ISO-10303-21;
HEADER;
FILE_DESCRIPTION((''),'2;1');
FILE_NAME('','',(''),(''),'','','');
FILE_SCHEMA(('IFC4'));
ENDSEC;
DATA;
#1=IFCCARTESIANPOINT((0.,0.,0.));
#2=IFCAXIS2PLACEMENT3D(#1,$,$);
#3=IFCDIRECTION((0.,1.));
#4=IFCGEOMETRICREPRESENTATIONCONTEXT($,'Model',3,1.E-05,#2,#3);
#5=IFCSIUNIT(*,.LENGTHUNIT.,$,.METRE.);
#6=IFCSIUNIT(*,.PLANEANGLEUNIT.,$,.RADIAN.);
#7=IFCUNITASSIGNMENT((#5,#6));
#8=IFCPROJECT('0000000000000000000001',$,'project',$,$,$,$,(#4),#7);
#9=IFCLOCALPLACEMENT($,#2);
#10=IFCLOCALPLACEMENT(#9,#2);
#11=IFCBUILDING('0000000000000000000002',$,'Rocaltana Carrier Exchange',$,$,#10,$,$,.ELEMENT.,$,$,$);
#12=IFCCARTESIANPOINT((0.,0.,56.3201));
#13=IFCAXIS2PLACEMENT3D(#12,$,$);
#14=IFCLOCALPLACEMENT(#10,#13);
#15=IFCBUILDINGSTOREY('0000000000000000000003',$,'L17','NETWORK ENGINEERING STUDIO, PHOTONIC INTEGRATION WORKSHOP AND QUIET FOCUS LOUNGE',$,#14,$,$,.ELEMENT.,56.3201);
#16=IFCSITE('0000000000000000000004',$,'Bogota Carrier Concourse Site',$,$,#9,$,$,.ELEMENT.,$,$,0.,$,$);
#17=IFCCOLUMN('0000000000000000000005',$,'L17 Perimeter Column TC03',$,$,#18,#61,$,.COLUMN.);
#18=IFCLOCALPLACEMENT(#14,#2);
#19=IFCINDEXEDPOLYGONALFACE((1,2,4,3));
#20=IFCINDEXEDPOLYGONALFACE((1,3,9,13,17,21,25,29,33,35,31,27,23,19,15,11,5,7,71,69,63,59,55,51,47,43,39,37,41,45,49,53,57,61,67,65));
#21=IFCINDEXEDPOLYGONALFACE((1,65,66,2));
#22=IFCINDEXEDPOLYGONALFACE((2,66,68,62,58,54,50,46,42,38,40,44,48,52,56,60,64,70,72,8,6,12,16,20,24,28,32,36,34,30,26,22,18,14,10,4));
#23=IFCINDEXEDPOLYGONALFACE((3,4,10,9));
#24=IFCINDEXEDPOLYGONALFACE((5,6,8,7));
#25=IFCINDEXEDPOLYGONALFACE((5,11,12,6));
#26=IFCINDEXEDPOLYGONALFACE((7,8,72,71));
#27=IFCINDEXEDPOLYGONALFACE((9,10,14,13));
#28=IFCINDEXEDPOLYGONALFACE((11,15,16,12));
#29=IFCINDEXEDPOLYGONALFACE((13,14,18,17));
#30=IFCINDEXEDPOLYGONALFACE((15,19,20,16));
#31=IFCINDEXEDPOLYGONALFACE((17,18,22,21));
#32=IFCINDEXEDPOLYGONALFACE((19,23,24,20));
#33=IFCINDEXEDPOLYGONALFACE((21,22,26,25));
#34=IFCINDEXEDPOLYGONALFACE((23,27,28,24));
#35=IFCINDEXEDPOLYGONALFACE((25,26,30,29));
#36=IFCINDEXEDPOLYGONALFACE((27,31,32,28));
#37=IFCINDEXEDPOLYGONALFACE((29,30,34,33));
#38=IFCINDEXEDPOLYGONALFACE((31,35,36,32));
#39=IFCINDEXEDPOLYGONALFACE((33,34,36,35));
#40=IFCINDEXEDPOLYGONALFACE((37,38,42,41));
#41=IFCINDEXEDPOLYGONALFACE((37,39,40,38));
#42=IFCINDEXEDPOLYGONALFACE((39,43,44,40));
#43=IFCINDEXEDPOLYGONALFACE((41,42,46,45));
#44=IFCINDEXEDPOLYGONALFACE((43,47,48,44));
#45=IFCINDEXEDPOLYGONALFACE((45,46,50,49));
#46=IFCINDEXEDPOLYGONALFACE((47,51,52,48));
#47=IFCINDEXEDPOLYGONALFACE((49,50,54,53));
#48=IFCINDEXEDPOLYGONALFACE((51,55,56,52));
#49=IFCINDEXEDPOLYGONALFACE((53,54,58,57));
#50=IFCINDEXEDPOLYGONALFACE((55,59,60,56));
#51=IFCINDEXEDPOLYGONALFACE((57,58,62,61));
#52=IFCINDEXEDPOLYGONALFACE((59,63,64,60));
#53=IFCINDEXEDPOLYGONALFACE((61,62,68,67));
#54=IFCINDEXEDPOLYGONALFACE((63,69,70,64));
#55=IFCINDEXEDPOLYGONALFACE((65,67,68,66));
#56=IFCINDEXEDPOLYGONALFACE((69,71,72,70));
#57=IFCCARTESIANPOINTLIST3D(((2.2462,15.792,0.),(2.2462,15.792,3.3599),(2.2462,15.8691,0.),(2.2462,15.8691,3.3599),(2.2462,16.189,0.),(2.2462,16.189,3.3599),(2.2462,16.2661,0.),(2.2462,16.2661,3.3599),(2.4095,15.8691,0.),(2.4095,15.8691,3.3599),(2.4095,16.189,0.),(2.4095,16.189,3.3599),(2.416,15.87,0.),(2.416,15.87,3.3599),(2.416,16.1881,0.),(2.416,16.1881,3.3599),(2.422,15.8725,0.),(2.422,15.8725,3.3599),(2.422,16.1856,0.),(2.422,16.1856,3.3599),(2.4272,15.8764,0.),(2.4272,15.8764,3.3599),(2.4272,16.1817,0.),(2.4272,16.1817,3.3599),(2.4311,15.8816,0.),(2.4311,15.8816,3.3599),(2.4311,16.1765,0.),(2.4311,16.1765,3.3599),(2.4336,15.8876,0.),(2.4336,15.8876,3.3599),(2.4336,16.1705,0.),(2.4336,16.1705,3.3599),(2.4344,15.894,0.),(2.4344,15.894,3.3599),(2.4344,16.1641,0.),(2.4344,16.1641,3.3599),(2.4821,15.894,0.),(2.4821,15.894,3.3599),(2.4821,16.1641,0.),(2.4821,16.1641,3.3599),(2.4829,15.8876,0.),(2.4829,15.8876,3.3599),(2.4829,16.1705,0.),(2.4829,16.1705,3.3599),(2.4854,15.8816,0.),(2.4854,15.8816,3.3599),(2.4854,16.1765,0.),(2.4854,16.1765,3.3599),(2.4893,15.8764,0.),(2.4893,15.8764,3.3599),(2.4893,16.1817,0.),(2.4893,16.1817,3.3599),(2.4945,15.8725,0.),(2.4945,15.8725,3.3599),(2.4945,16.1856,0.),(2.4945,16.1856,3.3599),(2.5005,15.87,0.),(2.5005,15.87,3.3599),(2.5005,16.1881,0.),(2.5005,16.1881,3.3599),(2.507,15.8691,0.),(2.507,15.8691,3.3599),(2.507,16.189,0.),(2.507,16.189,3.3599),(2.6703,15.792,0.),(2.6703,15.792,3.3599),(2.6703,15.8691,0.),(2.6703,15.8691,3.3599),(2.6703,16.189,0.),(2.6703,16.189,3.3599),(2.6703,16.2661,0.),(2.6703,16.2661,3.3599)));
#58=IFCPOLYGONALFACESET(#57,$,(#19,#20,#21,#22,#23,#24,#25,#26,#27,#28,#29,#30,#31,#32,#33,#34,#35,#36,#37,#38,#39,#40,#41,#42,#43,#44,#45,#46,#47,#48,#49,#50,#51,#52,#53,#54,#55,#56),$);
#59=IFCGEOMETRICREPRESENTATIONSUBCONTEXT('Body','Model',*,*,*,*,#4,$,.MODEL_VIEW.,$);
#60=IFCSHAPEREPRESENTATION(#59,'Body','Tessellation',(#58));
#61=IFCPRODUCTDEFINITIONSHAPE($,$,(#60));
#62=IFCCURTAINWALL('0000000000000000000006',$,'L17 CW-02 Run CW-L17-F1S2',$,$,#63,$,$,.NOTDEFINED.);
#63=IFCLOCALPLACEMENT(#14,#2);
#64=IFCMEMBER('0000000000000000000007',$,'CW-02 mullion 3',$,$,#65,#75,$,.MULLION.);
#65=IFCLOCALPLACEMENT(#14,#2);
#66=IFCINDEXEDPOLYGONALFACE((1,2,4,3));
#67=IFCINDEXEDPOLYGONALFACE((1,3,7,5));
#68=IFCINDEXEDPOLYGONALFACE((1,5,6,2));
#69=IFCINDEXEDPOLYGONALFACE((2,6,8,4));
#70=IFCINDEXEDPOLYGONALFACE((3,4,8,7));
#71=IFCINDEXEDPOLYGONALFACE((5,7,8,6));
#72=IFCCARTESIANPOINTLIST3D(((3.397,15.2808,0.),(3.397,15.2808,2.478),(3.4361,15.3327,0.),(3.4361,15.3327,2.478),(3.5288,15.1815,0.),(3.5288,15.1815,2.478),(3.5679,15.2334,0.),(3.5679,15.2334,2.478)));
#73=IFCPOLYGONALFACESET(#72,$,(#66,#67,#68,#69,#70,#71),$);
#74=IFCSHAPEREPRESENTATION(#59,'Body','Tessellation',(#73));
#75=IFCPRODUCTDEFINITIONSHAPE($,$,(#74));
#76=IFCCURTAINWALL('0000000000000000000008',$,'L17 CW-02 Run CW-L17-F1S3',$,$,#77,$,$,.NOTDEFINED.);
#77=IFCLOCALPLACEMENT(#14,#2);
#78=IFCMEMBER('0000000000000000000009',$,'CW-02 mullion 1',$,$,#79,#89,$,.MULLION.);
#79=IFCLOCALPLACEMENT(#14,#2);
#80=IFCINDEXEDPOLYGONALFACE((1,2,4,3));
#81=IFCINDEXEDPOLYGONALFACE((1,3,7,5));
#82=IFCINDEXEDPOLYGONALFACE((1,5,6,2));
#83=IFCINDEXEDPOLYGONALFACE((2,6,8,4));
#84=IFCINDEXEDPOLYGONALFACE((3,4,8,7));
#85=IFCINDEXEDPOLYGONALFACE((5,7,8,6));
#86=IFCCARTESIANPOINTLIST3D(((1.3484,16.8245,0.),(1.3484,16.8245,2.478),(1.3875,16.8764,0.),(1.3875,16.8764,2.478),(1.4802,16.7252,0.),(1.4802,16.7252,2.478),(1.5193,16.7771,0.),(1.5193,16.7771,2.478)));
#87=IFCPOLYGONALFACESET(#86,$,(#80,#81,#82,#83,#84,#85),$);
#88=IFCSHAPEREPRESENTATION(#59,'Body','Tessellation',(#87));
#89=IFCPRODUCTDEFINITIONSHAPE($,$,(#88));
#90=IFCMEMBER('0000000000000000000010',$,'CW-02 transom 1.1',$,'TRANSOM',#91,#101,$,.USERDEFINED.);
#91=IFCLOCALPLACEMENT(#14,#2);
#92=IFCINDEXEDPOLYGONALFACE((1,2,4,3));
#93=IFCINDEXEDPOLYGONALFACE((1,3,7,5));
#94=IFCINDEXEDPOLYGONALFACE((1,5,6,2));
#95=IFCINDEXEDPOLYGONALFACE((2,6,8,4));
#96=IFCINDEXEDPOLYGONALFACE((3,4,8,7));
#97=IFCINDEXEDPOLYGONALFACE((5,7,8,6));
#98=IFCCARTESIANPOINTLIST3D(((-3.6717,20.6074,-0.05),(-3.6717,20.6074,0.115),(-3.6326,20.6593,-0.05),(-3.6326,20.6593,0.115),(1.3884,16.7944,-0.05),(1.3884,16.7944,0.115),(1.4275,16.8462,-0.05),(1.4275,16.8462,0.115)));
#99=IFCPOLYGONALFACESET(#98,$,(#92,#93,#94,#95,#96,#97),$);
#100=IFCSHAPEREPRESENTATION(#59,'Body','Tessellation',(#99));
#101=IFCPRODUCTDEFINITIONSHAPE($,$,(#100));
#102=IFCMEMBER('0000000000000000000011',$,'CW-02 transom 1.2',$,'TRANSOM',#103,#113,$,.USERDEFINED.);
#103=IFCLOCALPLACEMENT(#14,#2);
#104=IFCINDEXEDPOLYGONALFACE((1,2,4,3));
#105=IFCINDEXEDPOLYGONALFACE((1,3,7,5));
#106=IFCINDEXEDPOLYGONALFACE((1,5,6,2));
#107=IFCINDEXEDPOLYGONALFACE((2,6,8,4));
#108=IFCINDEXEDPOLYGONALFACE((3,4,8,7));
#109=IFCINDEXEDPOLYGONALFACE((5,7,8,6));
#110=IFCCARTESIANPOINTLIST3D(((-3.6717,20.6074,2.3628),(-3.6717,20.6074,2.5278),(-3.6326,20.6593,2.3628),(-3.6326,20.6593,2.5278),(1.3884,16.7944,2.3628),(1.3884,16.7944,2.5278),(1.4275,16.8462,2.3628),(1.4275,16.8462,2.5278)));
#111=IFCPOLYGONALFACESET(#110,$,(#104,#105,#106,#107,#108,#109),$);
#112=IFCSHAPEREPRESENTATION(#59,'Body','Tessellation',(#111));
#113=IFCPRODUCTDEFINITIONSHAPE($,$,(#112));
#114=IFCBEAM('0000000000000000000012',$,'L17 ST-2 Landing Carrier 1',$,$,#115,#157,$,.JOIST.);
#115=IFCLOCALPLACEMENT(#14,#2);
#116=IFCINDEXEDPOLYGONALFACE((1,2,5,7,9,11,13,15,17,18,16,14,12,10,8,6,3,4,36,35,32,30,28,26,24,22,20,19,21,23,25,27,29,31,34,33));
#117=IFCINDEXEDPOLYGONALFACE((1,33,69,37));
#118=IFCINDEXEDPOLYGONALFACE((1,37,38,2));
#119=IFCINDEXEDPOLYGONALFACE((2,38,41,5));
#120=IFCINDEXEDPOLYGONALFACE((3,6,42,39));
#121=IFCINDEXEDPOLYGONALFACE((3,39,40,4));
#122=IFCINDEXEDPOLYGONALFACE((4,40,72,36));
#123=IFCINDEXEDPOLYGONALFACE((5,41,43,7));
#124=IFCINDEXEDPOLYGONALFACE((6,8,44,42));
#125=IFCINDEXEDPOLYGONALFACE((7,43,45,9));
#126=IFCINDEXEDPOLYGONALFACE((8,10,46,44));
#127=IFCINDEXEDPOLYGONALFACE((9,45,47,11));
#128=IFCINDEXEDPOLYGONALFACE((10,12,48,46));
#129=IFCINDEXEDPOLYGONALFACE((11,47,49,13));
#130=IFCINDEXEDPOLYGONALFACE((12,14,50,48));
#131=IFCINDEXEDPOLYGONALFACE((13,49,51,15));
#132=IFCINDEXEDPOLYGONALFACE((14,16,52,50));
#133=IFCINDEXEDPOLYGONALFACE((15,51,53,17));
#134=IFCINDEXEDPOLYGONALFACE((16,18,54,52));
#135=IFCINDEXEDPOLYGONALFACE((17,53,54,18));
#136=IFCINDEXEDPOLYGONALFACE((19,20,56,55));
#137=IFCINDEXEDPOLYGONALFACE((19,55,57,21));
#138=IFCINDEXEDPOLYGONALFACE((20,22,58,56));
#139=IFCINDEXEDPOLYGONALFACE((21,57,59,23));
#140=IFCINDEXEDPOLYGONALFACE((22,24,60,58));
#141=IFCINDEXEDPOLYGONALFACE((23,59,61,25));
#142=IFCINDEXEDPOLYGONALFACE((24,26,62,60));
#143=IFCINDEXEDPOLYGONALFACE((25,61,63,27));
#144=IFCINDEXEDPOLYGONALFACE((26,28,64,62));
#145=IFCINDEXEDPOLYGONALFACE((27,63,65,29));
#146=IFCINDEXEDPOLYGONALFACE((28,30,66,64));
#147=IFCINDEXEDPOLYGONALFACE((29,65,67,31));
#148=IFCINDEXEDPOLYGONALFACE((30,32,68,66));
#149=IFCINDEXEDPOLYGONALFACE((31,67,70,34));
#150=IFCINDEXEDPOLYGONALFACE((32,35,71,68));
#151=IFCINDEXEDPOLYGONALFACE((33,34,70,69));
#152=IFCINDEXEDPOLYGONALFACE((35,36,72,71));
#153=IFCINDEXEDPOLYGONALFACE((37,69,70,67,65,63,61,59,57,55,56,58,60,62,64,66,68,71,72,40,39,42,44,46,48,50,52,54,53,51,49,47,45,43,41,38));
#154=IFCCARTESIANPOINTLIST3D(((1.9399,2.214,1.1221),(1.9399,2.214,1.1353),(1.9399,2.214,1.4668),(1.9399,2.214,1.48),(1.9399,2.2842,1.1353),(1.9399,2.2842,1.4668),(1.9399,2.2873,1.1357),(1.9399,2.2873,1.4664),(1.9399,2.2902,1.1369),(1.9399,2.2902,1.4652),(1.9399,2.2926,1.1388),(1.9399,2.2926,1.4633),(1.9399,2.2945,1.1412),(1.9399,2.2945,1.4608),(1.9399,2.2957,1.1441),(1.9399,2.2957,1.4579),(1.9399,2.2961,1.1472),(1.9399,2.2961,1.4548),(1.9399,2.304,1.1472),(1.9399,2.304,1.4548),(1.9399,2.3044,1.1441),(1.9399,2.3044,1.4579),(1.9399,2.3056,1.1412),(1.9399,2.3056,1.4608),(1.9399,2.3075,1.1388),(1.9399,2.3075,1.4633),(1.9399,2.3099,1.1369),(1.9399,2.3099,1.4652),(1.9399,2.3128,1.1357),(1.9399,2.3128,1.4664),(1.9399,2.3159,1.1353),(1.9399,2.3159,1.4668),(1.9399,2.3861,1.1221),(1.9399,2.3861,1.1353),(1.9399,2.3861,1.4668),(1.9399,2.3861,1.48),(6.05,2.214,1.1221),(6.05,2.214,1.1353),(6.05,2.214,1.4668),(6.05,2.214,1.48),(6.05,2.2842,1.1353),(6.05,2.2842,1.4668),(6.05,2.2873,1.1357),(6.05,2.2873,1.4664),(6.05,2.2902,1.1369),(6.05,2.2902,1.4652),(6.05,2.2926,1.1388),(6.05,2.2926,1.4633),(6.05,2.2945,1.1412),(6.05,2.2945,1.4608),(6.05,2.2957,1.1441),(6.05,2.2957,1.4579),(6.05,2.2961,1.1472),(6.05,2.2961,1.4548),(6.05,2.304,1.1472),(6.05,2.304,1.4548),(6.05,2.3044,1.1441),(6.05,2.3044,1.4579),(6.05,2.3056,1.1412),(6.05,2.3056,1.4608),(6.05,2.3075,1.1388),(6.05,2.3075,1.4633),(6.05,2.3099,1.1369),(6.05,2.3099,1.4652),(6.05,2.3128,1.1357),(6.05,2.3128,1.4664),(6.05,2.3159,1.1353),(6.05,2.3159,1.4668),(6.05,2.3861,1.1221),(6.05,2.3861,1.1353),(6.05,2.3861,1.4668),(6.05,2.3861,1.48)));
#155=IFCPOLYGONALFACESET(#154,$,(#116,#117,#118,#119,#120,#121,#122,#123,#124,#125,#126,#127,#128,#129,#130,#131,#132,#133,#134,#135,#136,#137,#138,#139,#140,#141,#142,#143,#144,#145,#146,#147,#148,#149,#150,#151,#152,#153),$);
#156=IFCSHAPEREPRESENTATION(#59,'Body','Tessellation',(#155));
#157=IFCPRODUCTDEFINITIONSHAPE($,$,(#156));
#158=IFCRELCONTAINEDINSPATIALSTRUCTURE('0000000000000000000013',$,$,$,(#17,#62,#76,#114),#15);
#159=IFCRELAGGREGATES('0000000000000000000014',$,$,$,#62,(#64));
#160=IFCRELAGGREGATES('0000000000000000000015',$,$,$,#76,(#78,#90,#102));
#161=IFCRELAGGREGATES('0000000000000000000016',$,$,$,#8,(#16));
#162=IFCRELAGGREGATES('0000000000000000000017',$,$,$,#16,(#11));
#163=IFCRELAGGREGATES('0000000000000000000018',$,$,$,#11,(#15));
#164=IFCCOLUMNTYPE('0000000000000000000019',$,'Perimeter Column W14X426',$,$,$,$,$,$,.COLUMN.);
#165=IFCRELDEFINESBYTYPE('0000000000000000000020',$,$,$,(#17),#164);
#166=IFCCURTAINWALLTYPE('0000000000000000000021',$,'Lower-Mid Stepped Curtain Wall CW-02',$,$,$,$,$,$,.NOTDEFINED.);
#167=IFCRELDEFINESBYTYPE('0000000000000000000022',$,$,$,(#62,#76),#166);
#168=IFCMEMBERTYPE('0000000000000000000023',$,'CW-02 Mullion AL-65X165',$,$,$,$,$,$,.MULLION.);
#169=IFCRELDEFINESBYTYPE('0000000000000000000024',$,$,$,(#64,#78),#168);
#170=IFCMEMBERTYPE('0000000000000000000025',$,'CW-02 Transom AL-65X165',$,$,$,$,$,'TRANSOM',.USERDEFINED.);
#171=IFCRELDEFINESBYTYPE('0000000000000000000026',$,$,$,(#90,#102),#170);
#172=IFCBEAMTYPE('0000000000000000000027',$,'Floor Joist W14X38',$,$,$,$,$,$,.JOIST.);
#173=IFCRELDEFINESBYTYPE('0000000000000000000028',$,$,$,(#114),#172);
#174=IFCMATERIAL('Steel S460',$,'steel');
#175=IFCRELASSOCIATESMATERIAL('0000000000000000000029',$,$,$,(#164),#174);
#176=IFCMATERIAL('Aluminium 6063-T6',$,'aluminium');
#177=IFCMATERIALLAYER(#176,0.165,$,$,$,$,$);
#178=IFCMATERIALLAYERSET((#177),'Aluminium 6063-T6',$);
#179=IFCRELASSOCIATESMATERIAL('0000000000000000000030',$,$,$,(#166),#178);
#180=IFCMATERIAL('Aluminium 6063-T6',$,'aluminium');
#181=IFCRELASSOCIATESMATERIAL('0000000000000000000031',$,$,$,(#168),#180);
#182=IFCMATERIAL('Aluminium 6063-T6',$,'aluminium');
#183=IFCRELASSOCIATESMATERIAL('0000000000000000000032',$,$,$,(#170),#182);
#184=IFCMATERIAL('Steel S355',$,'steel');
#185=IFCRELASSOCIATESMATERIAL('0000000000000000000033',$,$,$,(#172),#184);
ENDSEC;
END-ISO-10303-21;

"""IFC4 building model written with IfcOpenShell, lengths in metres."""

from ifc_helpers import new_model, si_unit, direction, frame, origin, origin_2d, place, context, subcontext, project, spatial, rectangle, i_section, extrude, material, layer, layer_set, material_profile, profile_set, type_object, element, aggregate, save


model = new_model("IFC4")

# Units and contexts
model_context = context("Model", 3, precision=1e-05, world=origin(), true_north=direction((0.0, 1.0)))
body_context = subcontext(model_context, "Body", "Model", "MODEL_VIEW")
ifc_project = project(units=[si_unit("LENGTHUNIT", "METRE"), si_unit("PLANEANGLEUNIT", "RADIAN")], contexts=[model_context])

# Site, building, storey
site_placement = place(None, origin())
site = spatial("IfcSite", under=ifc_project, at=site_placement, Name="Bogota Carrier Concourse Site", CompositionType="ELEMENT", RefElevation=0.0)
building_placement = place(site_placement, origin())
building = spatial("IfcBuilding", under=site, at=building_placement, Name="Rocaltana Carrier Exchange", CompositionType="ELEMENT")
storey_placement = place(building_placement, frame((0.0, 0.0, 56.3201)))
storey = spatial("IfcBuildingStorey", under=building, at=storey_placement, Name="L17", Description="NETWORK ENGINEERING STUDIO, PHOTONIC INTEGRATION WORKSHOP AND QUIET FOCUS LOUNGE", CompositionType="ELEMENT", Elevation=56.3201)

# Column
ifc_material_1 = material(Name="Steel S460", Category="steel")
ifc_material_profile_1 = material_profile(ifc_material_1, i_section(OverallWidth=0.4241, OverallDepth=0.4741, WebThickness=0.0476, FlangeThickness=0.0771, FilletRadius=0.0249, at=origin_2d()), Name="W14X426")
ifc_profile_set_1 = profile_set([ifc_material_profile_1], Name="Steel S460")
column_type = type_object("IfcColumnType", Name="Perimeter Column W14X426", PredefinedType="COLUMN", material=ifc_profile_set_1)
column_placement = place(storey_placement, frame((2.4583, 16.0291, 0.0), z_axis=(0.0, 0.0, 1.0), x_axis=(1.0, 0.0, 0.0)))
element("IfcColumn", 1, at=column_placement, inside=storey, type_object=column_type, Name="L17 Perimeter Column TC03", PredefinedType="COLUMN", context=body_context, shape_type="SweptSolid", body=[
    extrude(i_section(OverallWidth=0.4241, OverallDepth=0.4741, WebThickness=0.0476, FlangeThickness=0.0771, FilletRadius=0.0249, at=origin_2d()), origin(), (0.0, 0.0, 1.0), 3.3599),
])

# Curtain wall, member
ifc_material_2 = material(Name="Aluminium 6063-T6", Category="aluminium")
ifc_layer_1 = layer(ifc_material_2, 0.165)
ifc_layer_set_1 = layer_set([ifc_layer_1], Name="Aluminium 6063-T6")
curtain_wall_type = type_object("IfcCurtainWallType", Name="Lower-Mid Stepped Curtain Wall CW-02", PredefinedType="NOTDEFINED", material=ifc_layer_set_1)
curtain_wall_1_placement = place(storey_placement, origin())
curtain_wall_1 = element("IfcCurtainWall", 2, at=curtain_wall_1_placement, inside=storey, type_object=curtain_wall_type, Name="L17 CW-02 Run CW-L17-F1S2", PredefinedType="NOTDEFINED")
ifc_material_3 = material(Name="Aluminium 6063-T6", Category="aluminium")
ifc_material_profile_2 = material_profile(ifc_material_3, rectangle(XDim=0.0649, YDim=0.165, at=origin_2d()), Name="AL-65X165")
ifc_profile_set_2 = profile_set([ifc_material_profile_2], Name="Aluminium 6063-T6")
member_type_1 = type_object("IfcMemberType", Name="CW-02 Mullion AL-65X165", PredefinedType="MULLION", material=ifc_profile_set_2)
member_1_placement = place(storey_placement, frame((3.4824, 15.2571, 0.0), z_axis=(0.0, 0.0, 1.0), x_axis=(-0.601815, -0.798635, 0.0)))
member_1 = element("IfcMember", 3, at=member_1_placement, type_object=member_type_1, Name="CW-02 mullion 3", PredefinedType="MULLION", context=body_context, shape_type="SweptSolid", body=[
    extrude(rectangle(XDim=0.0649, YDim=0.165, at=origin_2d()), origin(), (0.0, 0.0, 1.0), 2.478),
])
aggregate(curtain_wall_1, [member_1])

# Curtain wall, members
curtain_wall_2_placement = place(storey_placement, origin())
curtain_wall_2 = element("IfcCurtainWall", 4, at=curtain_wall_2_placement, inside=storey, type_object=curtain_wall_type, Name="L17 CW-02 Run CW-L17-F1S3", PredefinedType="NOTDEFINED")
member_2_placement = place(storey_placement, frame((1.4338, 16.8008, 0.0), z_axis=(0.0, 0.0, 1.0), x_axis=(-0.601812, -0.798638, 0.0)))
member_2 = element("IfcMember", 5, at=member_2_placement, type_object=member_type_1, Name="CW-02 mullion 1", PredefinedType="MULLION", context=body_context, shape_type="SweptSolid", body=[
    extrude(rectangle(XDim=0.0649, YDim=0.165, at=origin_2d()), origin(), (0.0, 0.0, 1.0), 2.478),
])
ifc_material_4 = material(Name="Aluminium 6063-T6", Category="aluminium")
ifc_material_profile_3 = material_profile(ifc_material_4, rectangle(XDim=0.0649, YDim=0.165, at=origin_2d()), Name="AL-65X165")
ifc_profile_set_3 = profile_set([ifc_material_profile_3], Name="Aluminium 6063-T6")
member_type_2 = type_object("IfcMemberType", Name="CW-02 Transom AL-65X165", ElementType="TRANSOM", PredefinedType="USERDEFINED", material=ifc_profile_set_3)
member_3_placement = place(storey_placement, frame((1.408, 16.8203, 0.0325), z_axis=(-0.798638, 0.601811, 0.0), x_axis=(-0.601811, -0.798638, 0.0)))
member_3 = element("IfcMember", 6, at=member_3_placement, type_object=member_type_2, Name="CW-02 transom 1.1", ObjectType="TRANSOM", PredefinedType="USERDEFINED", context=body_context, shape_type="SweptSolid", body=[
    extrude(rectangle(XDim=0.0649, YDim=0.165, at=origin_2d()), origin(), (0.0, 0.0, 1.0), 6.3359),
])
member_4_placement = place(storey_placement, frame((1.408, 16.8203, 2.4453), z_axis=(-0.798638, 0.601811, 0.0), x_axis=(-0.601811, -0.798638, 0.0)))
member_4 = element("IfcMember", 7, at=member_4_placement, type_object=member_type_2, Name="CW-02 transom 1.2", ObjectType="TRANSOM", PredefinedType="USERDEFINED", context=body_context, shape_type="SweptSolid", body=[
    extrude(rectangle(XDim=0.0649, YDim=0.165, at=origin_2d()), origin(), (0.0, 0.0, 1.0), 6.3359),
])

# Beam
ifc_material_5 = material(Name="Steel S355", Category="steel")
ifc_material_profile_4 = material_profile(ifc_material_5, i_section(OverallWidth=0.1721, OverallDepth=0.3579, WebThickness=0.0078, FlangeThickness=0.0132, FilletRadius=0.012, at=origin_2d()), Name="W14X38")
ifc_profile_set_4 = profile_set([ifc_material_profile_4], Name="Steel S355")
beam_type_1 = type_object("IfcBeamType", Name="Floor Joist W14X38", PredefinedType="JOIST", material=ifc_profile_set_4)
for number, where, z_axis, x_axis, name in (
    (8, (1.9399, 2.3, 1.301), (1.0, 0.0, 0.0), (0.0, 1.0, 0.0), "L17 ST-2 Landing Carrier 1"),
):
    element("IfcBeam", number, at=place(storey_placement, frame(where, z_axis=z_axis, x_axis=x_axis)), inside=storey, type_object=beam_type_1, Name=name, PredefinedType="JOIST", context=body_context, shape_type="SweptSolid", body=[
        extrude(i_section(OverallWidth=0.1721, OverallDepth=0.3579, WebThickness=0.0078, FlangeThickness=0.0132, FilletRadius=0.012, at=origin_2d()), origin(), (0.0, 0.0, 1.0), 4.1101),
    ])

aggregate(curtain_wall_2, [member_2, member_3, member_4])

save(model, "model.ifc")
